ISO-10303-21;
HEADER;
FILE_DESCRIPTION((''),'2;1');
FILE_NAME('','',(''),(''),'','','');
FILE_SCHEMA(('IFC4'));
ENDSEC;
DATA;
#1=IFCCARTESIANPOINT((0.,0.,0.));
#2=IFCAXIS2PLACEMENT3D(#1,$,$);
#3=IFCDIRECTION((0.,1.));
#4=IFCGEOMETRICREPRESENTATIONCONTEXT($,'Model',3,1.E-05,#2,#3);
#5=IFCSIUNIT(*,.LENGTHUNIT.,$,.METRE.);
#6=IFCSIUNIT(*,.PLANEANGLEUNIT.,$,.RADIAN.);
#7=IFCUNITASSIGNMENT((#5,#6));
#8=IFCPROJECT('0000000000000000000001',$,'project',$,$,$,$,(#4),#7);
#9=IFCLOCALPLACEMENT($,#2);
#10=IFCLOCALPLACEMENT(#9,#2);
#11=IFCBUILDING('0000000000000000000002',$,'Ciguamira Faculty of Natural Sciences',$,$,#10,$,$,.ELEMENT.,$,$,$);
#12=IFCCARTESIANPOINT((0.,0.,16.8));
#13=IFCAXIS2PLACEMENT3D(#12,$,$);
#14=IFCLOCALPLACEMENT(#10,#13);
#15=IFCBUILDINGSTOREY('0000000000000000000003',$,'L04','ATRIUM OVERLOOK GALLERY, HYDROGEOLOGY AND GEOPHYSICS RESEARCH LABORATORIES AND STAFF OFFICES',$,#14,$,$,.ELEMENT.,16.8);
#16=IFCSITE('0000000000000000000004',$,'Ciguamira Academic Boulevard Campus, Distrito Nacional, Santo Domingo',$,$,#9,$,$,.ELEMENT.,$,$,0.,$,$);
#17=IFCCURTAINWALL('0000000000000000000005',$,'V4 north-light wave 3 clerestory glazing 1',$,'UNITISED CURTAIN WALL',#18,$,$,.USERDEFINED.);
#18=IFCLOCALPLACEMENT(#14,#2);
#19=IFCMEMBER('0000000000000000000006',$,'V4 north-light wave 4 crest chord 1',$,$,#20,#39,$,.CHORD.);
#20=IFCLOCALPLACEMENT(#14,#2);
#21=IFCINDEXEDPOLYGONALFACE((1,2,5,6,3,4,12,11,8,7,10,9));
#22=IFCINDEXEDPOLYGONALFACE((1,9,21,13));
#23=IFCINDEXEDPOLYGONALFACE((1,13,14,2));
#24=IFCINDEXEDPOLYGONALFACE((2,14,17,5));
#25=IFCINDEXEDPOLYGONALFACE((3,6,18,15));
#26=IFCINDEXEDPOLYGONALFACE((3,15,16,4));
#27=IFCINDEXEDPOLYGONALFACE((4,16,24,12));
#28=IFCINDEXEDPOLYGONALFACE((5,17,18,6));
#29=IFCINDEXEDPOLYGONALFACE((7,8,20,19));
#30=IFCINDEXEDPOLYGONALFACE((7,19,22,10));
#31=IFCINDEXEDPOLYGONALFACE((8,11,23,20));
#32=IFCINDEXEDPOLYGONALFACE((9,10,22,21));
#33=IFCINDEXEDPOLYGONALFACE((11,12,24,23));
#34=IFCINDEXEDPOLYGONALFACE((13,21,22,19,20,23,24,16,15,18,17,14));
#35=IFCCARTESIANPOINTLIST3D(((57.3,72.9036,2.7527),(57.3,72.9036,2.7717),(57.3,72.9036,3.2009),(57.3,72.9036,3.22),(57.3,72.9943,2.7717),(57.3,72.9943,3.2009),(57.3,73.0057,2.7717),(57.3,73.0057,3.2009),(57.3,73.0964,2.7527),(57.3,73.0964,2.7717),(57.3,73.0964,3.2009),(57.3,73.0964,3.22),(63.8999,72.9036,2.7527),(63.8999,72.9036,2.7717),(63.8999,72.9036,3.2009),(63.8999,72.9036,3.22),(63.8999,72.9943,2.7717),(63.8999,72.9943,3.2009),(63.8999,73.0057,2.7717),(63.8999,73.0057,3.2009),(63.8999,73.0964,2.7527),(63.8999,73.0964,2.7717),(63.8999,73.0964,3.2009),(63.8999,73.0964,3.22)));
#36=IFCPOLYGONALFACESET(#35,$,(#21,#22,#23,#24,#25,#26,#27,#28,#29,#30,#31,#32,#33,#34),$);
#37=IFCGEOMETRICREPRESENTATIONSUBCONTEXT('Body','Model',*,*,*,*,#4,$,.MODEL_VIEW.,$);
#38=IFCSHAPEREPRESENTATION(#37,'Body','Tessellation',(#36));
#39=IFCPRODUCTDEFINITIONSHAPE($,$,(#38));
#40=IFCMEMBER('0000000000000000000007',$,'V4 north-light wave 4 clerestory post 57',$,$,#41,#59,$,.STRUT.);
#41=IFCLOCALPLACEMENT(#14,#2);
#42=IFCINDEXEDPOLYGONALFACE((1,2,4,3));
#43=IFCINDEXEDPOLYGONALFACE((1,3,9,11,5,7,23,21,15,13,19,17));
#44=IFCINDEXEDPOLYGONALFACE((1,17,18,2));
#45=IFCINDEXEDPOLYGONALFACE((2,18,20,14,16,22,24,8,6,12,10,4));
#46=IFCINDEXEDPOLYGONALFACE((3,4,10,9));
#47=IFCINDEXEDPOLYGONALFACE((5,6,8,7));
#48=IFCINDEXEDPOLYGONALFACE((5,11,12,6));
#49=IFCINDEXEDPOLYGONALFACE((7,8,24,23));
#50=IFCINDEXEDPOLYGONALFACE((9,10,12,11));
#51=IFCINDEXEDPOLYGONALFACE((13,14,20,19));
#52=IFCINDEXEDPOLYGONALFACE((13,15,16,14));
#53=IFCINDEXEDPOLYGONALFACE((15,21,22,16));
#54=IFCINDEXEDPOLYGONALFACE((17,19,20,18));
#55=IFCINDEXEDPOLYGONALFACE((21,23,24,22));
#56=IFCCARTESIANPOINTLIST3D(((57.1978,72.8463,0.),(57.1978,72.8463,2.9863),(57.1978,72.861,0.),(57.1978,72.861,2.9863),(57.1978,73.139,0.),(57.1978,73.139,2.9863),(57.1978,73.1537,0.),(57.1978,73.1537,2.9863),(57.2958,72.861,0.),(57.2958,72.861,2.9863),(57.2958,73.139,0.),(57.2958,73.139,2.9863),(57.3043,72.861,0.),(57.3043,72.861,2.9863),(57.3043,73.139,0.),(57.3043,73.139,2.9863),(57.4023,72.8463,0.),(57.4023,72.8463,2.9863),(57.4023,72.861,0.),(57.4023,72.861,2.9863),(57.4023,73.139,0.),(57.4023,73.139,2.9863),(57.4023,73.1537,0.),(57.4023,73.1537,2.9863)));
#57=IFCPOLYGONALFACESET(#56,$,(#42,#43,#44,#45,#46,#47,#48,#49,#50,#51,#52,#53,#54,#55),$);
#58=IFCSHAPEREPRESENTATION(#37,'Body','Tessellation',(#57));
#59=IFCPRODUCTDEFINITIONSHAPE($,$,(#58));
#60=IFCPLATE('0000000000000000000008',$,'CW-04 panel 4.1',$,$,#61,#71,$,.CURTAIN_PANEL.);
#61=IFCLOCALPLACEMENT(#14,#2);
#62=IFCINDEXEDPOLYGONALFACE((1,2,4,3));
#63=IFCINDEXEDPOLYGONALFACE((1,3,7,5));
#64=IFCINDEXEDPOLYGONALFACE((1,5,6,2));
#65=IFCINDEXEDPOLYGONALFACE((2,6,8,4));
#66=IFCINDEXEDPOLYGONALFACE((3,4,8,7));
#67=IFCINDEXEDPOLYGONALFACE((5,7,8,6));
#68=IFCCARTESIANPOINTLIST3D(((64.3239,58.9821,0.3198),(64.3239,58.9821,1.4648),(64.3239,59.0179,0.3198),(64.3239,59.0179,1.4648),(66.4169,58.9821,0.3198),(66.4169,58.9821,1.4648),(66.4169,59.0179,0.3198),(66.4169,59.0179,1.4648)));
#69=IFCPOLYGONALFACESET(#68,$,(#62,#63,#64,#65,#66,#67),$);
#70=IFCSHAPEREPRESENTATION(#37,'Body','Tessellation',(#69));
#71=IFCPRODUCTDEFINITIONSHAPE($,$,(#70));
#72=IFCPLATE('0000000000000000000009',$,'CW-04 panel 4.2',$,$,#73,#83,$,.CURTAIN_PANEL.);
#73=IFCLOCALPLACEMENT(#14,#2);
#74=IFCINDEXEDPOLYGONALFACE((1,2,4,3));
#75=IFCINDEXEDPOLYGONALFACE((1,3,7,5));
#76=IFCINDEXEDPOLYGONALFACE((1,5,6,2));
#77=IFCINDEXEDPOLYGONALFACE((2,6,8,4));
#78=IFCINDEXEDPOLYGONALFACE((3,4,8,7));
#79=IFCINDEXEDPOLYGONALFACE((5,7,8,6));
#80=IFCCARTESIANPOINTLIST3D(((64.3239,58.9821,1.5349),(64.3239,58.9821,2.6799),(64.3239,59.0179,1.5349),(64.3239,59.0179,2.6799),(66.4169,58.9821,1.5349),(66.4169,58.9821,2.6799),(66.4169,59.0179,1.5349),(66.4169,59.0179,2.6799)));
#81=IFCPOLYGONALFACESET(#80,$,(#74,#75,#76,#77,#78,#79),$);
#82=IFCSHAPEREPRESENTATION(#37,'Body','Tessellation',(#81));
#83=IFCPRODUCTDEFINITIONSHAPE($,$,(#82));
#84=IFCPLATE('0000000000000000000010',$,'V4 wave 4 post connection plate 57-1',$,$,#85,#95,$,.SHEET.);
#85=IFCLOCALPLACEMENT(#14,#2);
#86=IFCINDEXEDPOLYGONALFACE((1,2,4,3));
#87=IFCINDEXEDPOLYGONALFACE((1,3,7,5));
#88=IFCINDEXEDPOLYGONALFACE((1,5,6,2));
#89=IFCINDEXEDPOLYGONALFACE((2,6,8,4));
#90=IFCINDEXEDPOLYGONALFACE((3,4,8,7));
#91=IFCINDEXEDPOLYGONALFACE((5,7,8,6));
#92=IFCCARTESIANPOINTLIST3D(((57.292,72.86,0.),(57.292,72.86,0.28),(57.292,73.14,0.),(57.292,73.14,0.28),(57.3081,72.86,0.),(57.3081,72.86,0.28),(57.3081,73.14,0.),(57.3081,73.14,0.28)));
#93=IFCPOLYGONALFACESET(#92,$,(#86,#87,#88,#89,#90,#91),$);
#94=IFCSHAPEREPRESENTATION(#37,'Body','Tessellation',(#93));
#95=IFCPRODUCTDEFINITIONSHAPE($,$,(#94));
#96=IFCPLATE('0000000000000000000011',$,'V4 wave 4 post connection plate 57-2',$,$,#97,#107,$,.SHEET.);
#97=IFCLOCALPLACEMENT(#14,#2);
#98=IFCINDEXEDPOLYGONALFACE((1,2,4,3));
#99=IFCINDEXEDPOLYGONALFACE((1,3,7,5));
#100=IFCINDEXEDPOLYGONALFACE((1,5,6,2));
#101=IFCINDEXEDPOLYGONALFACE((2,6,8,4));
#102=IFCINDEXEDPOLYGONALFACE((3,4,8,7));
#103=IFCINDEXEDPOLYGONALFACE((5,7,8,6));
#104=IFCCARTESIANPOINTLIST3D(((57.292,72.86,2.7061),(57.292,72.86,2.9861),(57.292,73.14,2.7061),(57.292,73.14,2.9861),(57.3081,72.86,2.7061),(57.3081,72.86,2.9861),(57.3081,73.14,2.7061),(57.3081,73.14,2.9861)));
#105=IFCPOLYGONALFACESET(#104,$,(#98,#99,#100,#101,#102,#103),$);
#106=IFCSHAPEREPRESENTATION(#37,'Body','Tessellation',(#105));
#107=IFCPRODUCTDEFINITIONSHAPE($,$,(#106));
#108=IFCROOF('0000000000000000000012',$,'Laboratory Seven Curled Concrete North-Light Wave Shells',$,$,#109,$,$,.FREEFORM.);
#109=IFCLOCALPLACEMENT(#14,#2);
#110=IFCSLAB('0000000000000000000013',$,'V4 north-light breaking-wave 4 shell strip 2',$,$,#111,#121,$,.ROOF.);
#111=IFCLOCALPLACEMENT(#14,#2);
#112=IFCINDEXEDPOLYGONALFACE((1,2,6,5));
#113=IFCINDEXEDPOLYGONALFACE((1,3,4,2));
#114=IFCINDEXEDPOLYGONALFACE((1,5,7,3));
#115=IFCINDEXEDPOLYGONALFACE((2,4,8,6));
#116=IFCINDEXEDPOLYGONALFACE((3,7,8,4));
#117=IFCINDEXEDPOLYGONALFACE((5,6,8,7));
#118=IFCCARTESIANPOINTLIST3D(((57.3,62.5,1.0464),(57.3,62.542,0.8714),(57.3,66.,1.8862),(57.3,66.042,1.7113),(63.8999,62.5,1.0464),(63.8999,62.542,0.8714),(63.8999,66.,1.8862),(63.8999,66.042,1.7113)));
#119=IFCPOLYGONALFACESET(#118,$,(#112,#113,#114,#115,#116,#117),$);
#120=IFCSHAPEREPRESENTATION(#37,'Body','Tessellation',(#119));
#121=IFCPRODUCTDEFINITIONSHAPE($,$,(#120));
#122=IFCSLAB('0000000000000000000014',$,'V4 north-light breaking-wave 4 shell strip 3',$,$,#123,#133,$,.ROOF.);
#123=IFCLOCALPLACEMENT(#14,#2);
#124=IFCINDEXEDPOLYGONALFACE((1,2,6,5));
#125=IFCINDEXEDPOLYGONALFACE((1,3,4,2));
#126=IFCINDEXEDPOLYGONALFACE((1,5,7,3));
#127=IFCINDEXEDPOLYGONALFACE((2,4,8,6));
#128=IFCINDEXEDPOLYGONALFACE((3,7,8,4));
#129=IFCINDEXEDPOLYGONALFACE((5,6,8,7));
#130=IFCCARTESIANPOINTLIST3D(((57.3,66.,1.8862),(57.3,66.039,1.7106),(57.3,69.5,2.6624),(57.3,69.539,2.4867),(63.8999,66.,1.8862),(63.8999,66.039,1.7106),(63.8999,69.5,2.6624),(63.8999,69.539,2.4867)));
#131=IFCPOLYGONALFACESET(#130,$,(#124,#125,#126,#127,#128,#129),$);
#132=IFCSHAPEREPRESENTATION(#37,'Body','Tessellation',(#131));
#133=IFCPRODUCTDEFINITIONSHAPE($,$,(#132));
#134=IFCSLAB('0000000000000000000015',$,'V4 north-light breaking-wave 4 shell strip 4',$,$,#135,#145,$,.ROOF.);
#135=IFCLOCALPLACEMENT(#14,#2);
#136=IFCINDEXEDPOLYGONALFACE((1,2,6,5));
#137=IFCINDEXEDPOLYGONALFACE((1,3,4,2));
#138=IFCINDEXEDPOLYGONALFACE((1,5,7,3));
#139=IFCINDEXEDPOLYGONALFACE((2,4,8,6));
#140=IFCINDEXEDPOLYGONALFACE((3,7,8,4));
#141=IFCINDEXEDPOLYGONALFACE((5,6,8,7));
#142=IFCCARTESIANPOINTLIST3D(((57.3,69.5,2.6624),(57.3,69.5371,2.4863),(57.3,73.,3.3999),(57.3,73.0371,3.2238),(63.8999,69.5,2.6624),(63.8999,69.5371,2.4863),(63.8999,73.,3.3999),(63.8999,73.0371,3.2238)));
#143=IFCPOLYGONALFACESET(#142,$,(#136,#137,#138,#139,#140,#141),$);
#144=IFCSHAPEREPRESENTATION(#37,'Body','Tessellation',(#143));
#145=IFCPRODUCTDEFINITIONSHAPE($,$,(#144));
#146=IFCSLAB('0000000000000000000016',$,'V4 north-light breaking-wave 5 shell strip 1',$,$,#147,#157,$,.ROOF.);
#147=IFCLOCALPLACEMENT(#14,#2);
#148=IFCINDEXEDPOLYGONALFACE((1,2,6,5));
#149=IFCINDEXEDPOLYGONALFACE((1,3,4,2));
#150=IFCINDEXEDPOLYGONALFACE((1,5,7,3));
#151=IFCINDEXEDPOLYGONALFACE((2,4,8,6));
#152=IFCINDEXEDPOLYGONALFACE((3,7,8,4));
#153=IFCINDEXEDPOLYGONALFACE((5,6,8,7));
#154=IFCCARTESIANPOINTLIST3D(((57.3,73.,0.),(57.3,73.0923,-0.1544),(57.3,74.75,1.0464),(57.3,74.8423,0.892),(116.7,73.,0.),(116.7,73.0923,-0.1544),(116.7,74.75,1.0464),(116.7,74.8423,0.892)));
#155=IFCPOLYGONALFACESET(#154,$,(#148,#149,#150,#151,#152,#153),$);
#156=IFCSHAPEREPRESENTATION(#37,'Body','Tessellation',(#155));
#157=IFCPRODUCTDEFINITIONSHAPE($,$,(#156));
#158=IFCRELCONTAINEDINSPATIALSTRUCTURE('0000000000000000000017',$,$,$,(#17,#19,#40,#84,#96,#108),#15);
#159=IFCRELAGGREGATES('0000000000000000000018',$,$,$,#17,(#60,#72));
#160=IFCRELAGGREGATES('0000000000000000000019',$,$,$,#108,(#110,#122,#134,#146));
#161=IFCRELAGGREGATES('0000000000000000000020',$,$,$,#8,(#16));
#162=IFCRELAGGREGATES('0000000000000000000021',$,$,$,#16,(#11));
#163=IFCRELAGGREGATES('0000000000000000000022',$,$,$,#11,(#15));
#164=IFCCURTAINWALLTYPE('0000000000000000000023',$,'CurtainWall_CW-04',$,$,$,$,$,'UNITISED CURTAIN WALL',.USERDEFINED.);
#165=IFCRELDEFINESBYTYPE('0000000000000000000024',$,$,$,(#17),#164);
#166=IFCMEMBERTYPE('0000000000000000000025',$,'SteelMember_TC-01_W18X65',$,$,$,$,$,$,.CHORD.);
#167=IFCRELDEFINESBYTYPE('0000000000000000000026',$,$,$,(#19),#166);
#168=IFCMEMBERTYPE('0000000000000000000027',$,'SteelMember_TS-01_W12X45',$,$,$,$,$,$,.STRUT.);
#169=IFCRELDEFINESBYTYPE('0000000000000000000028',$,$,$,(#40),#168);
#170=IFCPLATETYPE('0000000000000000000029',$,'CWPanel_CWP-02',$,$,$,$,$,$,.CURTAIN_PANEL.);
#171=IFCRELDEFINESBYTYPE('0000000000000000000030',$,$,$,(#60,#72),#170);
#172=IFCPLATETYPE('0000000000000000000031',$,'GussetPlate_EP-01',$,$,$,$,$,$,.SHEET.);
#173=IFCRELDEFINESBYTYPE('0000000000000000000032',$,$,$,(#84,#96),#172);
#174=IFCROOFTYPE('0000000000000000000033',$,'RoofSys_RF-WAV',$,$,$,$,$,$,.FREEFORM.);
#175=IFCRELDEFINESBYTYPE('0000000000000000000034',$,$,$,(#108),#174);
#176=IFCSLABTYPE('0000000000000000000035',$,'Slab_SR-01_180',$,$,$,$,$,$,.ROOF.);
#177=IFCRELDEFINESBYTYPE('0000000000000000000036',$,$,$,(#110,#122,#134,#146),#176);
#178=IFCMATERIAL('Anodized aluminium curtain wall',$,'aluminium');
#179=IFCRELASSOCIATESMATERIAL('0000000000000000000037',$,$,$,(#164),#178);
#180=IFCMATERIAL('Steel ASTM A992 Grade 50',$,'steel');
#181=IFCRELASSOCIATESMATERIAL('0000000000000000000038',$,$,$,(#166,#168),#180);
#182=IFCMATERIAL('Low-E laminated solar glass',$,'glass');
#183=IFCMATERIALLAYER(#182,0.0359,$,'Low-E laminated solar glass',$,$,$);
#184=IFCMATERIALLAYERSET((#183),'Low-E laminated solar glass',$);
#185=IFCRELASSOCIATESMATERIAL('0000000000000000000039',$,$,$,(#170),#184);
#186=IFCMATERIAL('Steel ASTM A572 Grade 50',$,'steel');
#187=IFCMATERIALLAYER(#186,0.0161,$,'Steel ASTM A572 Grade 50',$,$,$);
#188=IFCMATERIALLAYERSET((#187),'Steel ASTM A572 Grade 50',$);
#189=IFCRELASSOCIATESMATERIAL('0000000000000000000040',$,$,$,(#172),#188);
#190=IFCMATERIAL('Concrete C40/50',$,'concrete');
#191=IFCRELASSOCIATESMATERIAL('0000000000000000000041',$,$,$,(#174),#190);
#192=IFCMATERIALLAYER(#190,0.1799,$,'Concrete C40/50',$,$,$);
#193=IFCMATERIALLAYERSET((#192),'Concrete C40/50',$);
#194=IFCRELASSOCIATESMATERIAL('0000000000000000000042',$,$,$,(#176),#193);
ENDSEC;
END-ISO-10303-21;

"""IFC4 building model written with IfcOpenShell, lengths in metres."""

from ifc_helpers import new_model, si_unit, direction, frame, origin, origin_2d, place, context, subcontext, project, spatial, polyline, rectangle, i_section, outline, extrude, material, layer, layer_set, material_profile, profile_set, type_object, element, aggregate, save


model = new_model("IFC4")

# Units and contexts
model_context = context("Model", 3, precision=1e-05, world=origin(), true_north=direction((0.0, 1.0)))
body_context = subcontext(model_context, "Body", "Model", "MODEL_VIEW")
ifc_project = project(units=[si_unit("LENGTHUNIT", "METRE"), si_unit("PLANEANGLEUNIT", "RADIAN")], contexts=[model_context])

# Site, building, storey
site_placement = place(None, origin())
site = spatial("IfcSite", under=ifc_project, at=site_placement, Name="Ciguamira Academic Boulevard Campus, Distrito Nacional, Santo Domingo", CompositionType="ELEMENT", RefElevation=0.0)
building_placement = place(site_placement, origin())
building = spatial("IfcBuilding", under=site, at=building_placement, Name="Ciguamira Faculty of Natural Sciences", CompositionType="ELEMENT")
storey_placement = place(building_placement, frame((0.0, 0.0, 16.8)))
storey = spatial("IfcBuildingStorey", under=building, at=storey_placement, Name="L04", Description="ATRIUM OVERLOOK GALLERY, HYDROGEOLOGY AND GEOPHYSICS RESEARCH LABORATORIES AND STAFF OFFICES", CompositionType="ELEMENT", Elevation=16.8)

# Curtain wall
ifc_material_1 = material(Name="Anodized aluminium curtain wall", Category="aluminium")
curtain_wall_type = type_object("IfcCurtainWallType", Name="CurtainWall_CW-04", ElementType="UNITISED CURTAIN WALL", PredefinedType="USERDEFINED", material=ifc_material_1)
curtain_wall_placement = place(storey_placement, origin())
curtain_wall = element("IfcCurtainWall", 1, at=curtain_wall_placement, inside=storey, type_object=curtain_wall_type, Name="V4 north-light wave 3 clerestory glazing 1", ObjectType="UNITISED CURTAIN WALL", PredefinedType="USERDEFINED")

# Shared definitions
ifc_material_2 = material(Name="Concrete C40/50", Category="concrete")

# Members
ifc_material_3 = material(Name="Steel ASTM A992 Grade 50", Category="steel")
ifc_material_profile_1 = material_profile(ifc_material_3, i_section(OverallWidth=0.1929, OverallDepth=0.4673, WebThickness=0.0115, FlangeThickness=0.019, at=origin_2d()), Name="W18X65")
ifc_profile_set_1 = profile_set([ifc_material_profile_1], Name="Steel ASTM A992 Grade 50")
member_type_1 = type_object("IfcMemberType", Name="SteelMember_TC-01_W18X65", PredefinedType="CHORD", material=ifc_profile_set_1)
member_1_placement = place(storey_placement, frame((57.3, 73.0, 2.9863), z_axis=(1.0, 0.0, 0.0), x_axis=(0.0, 1.0, 0.0)))
element("IfcMember", 2, at=member_1_placement, inside=storey, type_object=member_type_1, Name="V4 north-light wave 4 crest chord 1", PredefinedType="CHORD", context=body_context, shape_type="SweptSolid", body=[
    extrude(i_section(OverallWidth=0.1929, OverallDepth=0.4673, WebThickness=0.0115, FlangeThickness=0.019, at=origin_2d()), origin(), (0.0, 0.0, 1.0), 6.5999),
])
ifc_material_profile_2 = material_profile(ifc_material_3, i_section(OverallWidth=0.2046, OverallDepth=0.3074, WebThickness=0.0085, FlangeThickness=0.0146, at=origin_2d()), Name="W12X45")
ifc_profile_set_2 = profile_set([ifc_material_profile_2], Name="Steel ASTM A992 Grade 50")
member_type_2 = type_object("IfcMemberType", Name="SteelMember_TS-01_W12X45", PredefinedType="STRUT", material=ifc_profile_set_2)
member_2_placement = place(storey_placement, frame((57.3, 73.0, 0.0), z_axis=(0.0, 0.0, 1.0), x_axis=(1.0, 0.0, 0.0)))
element("IfcMember", 3, at=member_2_placement, inside=storey, type_object=member_type_2, Name="V4 north-light wave 4 clerestory post 57", PredefinedType="STRUT", context=body_context, shape_type="SweptSolid", body=[
    extrude(i_section(OverallWidth=0.2046, OverallDepth=0.3074, WebThickness=0.0085, FlangeThickness=0.0146, at=origin_2d()), origin(), (0.0, 0.0, 1.0), 2.9863),
])

# Plates
ifc_material_4 = material(Name="Low-E laminated solar glass", Category="glass")
ifc_layer_1 = layer(ifc_material_4, 0.0359, Name="Low-E laminated solar glass")
ifc_layer_set_1 = layer_set([ifc_layer_1], Name="Low-E laminated solar glass")
plate_type_1 = type_object("IfcPlateType", Name="CWPanel_CWP-02", PredefinedType="CURTAIN_PANEL", material=ifc_layer_set_1)
plate_1_placement = place(storey_placement, frame((65.3704, 59.0, 0.3198), z_axis=(0.0, 0.0, 1.0), x_axis=(1.0, 0.0, 0.0)))
plate_1 = element("IfcPlate", 4, at=plate_1_placement, type_object=plate_type_1, Name="CW-04 panel 4.1", PredefinedType="CURTAIN_PANEL", context=body_context, shape_type="SweptSolid", body=[
    extrude(rectangle(XDim=2.093, YDim=0.0359, at=origin_2d()), origin(), (0.0, 0.0, 1.0), 1.145),
])
plate_2_placement = place(storey_placement, frame((65.3704, 59.0, 1.5349), z_axis=(0.0, 0.0, 1.0), x_axis=(1.0, 0.0, 0.0)))
plate_2 = element("IfcPlate", 5, at=plate_2_placement, type_object=plate_type_1, Name="CW-04 panel 4.2", PredefinedType="CURTAIN_PANEL", context=body_context, shape_type="SweptSolid", body=[
    extrude(rectangle(XDim=2.093, YDim=0.0359, at=origin_2d()), origin(), (0.0, 0.0, 1.0), 1.145),
])
aggregate(curtain_wall, [plate_1, plate_2])

# Plates
ifc_material_5 = material(Name="Steel ASTM A572 Grade 50", Category="steel")
ifc_layer_2 = layer(ifc_material_5, 0.0161, Name="Steel ASTM A572 Grade 50")
ifc_layer_set_2 = layer_set([ifc_layer_2], Name="Steel ASTM A572 Grade 50")
plate_type_2 = type_object("IfcPlateType", Name="GussetPlate_EP-01", PredefinedType="SHEET", material=ifc_layer_set_2)
for number, where, z_axis, x_axis, name in (
    (6, (57.3, 73.0, 0.0), (0.0, 0.0, 1.0), (1.0, 0.0, 0.0), "V4 wave 4 post connection plate 57-1"),
    (7, (57.3, 73.0, 2.7061), (0.0, 0.0, 1.0), (1.0, 0.0, 0.0), "V4 wave 4 post connection plate 57-2"),
):
    element("IfcPlate", number, at=place(storey_placement, frame(where, z_axis=z_axis, x_axis=x_axis)), inside=storey, type_object=plate_type_2, Name=name, PredefinedType="SHEET", context=body_context, shape_type="SweptSolid", body=[
        extrude(rectangle(XDim=0.0161, YDim=0.28, at=origin_2d()), origin(), (0.0, 0.0, 1.0), 0.28),
    ])

# Roof, slabs
roof_type = type_object("IfcRoofType", Name="RoofSys_RF-WAV", PredefinedType="FREEFORM", material=ifc_material_2)
roof_placement = place(storey_placement, origin())
roof = element("IfcRoof", 8, at=roof_placement, inside=storey, type_object=roof_type, Name="Laboratory Seven Curled Concrete North-Light Wave Shells", PredefinedType="FREEFORM")
ifc_layer_3 = layer(ifc_material_2, 0.1799, Name="Concrete C40/50")
ifc_layer_set_3 = layer_set([ifc_layer_3], Name="Concrete C40/50")
slab_type = type_object("IfcSlabType", Name="Slab_SR-01_180", PredefinedType="ROOF", material=ifc_layer_set_3)
slab_1_placement = place(storey_placement, frame((57.3, 62.5, 1.0464), z_axis=(0.0, -0.233332, 0.972397), x_axis=(1.0, 0.0, 0.0)))
slab_1 = element("IfcSlab", 9, at=slab_1_placement, type_object=slab_type, Name="V4 north-light breaking-wave 4 shell strip 2", PredefinedType="ROOF", context=body_context, shape_type="SweptSolid", body=[
    extrude(outline(polyline([(0.0, 0.0), (6.5999, 0.0), (6.5999, 3.5994), (0.0, 3.5994), (0.0, 0.0)])), origin(), (0.0, 0.0, -1.0), 0.1799),
])
slab_2_placement = place(storey_placement, frame((57.3, 66.0, 1.8862), z_axis=(0.0, -0.216491, 0.976285), x_axis=(1.0, 0.0, 0.0)))
slab_2 = element("IfcSlab", 10, at=slab_2_placement, type_object=slab_type, Name="V4 north-light breaking-wave 4 shell strip 3", PredefinedType="ROOF", context=body_context, shape_type="SweptSolid", body=[
    extrude(outline(polyline([(0.0, 0.0), (6.5999, 0.0), (6.5999, 3.585), (0.0, 3.585), (0.0, 0.0)])), origin(), (0.0, 0.0, -1.0), 0.1799),
])
slab_3_placement = place(storey_placement, frame((57.3, 69.5, 2.6624), z_axis=(0.0, -0.2062, 0.97851), x_axis=(1.0, 0.0, 0.0)))
slab_3 = element("IfcSlab", 11, at=slab_3_placement, type_object=slab_type, Name="V4 north-light breaking-wave 4 shell strip 4", PredefinedType="ROOF", context=body_context, shape_type="SweptSolid", body=[
    extrude(outline(polyline([(0.0, 0.0), (6.5999, 0.0), (6.5999, 3.5769), (0.0, 3.5769), (0.0, 0.0)])), origin(), (0.0, 0.0, -1.0), 0.1799),
])
slab_4_placement = place(storey_placement, frame((57.3, 73.0, 0.0), z_axis=(0.0, -0.513192, 0.858274), x_axis=(1.0, 0.0, 0.0)))
slab_4 = element("IfcSlab", 12, at=slab_4_placement, type_object=slab_type, Name="V4 north-light breaking-wave 5 shell strip 1", PredefinedType="ROOF", context=body_context, shape_type="SweptSolid", body=[
    extrude(outline(polyline([(0.0, 0.0), (59.3999, 0.0), (59.3999, 2.039), (0.0, 2.039), (0.0, 0.0)])), origin(), (0.0, 0.0, -1.0), 0.1799),
])
aggregate(roof, [slab_1, slab_2, slab_3, slab_4])

save(model, "model.ifc")
